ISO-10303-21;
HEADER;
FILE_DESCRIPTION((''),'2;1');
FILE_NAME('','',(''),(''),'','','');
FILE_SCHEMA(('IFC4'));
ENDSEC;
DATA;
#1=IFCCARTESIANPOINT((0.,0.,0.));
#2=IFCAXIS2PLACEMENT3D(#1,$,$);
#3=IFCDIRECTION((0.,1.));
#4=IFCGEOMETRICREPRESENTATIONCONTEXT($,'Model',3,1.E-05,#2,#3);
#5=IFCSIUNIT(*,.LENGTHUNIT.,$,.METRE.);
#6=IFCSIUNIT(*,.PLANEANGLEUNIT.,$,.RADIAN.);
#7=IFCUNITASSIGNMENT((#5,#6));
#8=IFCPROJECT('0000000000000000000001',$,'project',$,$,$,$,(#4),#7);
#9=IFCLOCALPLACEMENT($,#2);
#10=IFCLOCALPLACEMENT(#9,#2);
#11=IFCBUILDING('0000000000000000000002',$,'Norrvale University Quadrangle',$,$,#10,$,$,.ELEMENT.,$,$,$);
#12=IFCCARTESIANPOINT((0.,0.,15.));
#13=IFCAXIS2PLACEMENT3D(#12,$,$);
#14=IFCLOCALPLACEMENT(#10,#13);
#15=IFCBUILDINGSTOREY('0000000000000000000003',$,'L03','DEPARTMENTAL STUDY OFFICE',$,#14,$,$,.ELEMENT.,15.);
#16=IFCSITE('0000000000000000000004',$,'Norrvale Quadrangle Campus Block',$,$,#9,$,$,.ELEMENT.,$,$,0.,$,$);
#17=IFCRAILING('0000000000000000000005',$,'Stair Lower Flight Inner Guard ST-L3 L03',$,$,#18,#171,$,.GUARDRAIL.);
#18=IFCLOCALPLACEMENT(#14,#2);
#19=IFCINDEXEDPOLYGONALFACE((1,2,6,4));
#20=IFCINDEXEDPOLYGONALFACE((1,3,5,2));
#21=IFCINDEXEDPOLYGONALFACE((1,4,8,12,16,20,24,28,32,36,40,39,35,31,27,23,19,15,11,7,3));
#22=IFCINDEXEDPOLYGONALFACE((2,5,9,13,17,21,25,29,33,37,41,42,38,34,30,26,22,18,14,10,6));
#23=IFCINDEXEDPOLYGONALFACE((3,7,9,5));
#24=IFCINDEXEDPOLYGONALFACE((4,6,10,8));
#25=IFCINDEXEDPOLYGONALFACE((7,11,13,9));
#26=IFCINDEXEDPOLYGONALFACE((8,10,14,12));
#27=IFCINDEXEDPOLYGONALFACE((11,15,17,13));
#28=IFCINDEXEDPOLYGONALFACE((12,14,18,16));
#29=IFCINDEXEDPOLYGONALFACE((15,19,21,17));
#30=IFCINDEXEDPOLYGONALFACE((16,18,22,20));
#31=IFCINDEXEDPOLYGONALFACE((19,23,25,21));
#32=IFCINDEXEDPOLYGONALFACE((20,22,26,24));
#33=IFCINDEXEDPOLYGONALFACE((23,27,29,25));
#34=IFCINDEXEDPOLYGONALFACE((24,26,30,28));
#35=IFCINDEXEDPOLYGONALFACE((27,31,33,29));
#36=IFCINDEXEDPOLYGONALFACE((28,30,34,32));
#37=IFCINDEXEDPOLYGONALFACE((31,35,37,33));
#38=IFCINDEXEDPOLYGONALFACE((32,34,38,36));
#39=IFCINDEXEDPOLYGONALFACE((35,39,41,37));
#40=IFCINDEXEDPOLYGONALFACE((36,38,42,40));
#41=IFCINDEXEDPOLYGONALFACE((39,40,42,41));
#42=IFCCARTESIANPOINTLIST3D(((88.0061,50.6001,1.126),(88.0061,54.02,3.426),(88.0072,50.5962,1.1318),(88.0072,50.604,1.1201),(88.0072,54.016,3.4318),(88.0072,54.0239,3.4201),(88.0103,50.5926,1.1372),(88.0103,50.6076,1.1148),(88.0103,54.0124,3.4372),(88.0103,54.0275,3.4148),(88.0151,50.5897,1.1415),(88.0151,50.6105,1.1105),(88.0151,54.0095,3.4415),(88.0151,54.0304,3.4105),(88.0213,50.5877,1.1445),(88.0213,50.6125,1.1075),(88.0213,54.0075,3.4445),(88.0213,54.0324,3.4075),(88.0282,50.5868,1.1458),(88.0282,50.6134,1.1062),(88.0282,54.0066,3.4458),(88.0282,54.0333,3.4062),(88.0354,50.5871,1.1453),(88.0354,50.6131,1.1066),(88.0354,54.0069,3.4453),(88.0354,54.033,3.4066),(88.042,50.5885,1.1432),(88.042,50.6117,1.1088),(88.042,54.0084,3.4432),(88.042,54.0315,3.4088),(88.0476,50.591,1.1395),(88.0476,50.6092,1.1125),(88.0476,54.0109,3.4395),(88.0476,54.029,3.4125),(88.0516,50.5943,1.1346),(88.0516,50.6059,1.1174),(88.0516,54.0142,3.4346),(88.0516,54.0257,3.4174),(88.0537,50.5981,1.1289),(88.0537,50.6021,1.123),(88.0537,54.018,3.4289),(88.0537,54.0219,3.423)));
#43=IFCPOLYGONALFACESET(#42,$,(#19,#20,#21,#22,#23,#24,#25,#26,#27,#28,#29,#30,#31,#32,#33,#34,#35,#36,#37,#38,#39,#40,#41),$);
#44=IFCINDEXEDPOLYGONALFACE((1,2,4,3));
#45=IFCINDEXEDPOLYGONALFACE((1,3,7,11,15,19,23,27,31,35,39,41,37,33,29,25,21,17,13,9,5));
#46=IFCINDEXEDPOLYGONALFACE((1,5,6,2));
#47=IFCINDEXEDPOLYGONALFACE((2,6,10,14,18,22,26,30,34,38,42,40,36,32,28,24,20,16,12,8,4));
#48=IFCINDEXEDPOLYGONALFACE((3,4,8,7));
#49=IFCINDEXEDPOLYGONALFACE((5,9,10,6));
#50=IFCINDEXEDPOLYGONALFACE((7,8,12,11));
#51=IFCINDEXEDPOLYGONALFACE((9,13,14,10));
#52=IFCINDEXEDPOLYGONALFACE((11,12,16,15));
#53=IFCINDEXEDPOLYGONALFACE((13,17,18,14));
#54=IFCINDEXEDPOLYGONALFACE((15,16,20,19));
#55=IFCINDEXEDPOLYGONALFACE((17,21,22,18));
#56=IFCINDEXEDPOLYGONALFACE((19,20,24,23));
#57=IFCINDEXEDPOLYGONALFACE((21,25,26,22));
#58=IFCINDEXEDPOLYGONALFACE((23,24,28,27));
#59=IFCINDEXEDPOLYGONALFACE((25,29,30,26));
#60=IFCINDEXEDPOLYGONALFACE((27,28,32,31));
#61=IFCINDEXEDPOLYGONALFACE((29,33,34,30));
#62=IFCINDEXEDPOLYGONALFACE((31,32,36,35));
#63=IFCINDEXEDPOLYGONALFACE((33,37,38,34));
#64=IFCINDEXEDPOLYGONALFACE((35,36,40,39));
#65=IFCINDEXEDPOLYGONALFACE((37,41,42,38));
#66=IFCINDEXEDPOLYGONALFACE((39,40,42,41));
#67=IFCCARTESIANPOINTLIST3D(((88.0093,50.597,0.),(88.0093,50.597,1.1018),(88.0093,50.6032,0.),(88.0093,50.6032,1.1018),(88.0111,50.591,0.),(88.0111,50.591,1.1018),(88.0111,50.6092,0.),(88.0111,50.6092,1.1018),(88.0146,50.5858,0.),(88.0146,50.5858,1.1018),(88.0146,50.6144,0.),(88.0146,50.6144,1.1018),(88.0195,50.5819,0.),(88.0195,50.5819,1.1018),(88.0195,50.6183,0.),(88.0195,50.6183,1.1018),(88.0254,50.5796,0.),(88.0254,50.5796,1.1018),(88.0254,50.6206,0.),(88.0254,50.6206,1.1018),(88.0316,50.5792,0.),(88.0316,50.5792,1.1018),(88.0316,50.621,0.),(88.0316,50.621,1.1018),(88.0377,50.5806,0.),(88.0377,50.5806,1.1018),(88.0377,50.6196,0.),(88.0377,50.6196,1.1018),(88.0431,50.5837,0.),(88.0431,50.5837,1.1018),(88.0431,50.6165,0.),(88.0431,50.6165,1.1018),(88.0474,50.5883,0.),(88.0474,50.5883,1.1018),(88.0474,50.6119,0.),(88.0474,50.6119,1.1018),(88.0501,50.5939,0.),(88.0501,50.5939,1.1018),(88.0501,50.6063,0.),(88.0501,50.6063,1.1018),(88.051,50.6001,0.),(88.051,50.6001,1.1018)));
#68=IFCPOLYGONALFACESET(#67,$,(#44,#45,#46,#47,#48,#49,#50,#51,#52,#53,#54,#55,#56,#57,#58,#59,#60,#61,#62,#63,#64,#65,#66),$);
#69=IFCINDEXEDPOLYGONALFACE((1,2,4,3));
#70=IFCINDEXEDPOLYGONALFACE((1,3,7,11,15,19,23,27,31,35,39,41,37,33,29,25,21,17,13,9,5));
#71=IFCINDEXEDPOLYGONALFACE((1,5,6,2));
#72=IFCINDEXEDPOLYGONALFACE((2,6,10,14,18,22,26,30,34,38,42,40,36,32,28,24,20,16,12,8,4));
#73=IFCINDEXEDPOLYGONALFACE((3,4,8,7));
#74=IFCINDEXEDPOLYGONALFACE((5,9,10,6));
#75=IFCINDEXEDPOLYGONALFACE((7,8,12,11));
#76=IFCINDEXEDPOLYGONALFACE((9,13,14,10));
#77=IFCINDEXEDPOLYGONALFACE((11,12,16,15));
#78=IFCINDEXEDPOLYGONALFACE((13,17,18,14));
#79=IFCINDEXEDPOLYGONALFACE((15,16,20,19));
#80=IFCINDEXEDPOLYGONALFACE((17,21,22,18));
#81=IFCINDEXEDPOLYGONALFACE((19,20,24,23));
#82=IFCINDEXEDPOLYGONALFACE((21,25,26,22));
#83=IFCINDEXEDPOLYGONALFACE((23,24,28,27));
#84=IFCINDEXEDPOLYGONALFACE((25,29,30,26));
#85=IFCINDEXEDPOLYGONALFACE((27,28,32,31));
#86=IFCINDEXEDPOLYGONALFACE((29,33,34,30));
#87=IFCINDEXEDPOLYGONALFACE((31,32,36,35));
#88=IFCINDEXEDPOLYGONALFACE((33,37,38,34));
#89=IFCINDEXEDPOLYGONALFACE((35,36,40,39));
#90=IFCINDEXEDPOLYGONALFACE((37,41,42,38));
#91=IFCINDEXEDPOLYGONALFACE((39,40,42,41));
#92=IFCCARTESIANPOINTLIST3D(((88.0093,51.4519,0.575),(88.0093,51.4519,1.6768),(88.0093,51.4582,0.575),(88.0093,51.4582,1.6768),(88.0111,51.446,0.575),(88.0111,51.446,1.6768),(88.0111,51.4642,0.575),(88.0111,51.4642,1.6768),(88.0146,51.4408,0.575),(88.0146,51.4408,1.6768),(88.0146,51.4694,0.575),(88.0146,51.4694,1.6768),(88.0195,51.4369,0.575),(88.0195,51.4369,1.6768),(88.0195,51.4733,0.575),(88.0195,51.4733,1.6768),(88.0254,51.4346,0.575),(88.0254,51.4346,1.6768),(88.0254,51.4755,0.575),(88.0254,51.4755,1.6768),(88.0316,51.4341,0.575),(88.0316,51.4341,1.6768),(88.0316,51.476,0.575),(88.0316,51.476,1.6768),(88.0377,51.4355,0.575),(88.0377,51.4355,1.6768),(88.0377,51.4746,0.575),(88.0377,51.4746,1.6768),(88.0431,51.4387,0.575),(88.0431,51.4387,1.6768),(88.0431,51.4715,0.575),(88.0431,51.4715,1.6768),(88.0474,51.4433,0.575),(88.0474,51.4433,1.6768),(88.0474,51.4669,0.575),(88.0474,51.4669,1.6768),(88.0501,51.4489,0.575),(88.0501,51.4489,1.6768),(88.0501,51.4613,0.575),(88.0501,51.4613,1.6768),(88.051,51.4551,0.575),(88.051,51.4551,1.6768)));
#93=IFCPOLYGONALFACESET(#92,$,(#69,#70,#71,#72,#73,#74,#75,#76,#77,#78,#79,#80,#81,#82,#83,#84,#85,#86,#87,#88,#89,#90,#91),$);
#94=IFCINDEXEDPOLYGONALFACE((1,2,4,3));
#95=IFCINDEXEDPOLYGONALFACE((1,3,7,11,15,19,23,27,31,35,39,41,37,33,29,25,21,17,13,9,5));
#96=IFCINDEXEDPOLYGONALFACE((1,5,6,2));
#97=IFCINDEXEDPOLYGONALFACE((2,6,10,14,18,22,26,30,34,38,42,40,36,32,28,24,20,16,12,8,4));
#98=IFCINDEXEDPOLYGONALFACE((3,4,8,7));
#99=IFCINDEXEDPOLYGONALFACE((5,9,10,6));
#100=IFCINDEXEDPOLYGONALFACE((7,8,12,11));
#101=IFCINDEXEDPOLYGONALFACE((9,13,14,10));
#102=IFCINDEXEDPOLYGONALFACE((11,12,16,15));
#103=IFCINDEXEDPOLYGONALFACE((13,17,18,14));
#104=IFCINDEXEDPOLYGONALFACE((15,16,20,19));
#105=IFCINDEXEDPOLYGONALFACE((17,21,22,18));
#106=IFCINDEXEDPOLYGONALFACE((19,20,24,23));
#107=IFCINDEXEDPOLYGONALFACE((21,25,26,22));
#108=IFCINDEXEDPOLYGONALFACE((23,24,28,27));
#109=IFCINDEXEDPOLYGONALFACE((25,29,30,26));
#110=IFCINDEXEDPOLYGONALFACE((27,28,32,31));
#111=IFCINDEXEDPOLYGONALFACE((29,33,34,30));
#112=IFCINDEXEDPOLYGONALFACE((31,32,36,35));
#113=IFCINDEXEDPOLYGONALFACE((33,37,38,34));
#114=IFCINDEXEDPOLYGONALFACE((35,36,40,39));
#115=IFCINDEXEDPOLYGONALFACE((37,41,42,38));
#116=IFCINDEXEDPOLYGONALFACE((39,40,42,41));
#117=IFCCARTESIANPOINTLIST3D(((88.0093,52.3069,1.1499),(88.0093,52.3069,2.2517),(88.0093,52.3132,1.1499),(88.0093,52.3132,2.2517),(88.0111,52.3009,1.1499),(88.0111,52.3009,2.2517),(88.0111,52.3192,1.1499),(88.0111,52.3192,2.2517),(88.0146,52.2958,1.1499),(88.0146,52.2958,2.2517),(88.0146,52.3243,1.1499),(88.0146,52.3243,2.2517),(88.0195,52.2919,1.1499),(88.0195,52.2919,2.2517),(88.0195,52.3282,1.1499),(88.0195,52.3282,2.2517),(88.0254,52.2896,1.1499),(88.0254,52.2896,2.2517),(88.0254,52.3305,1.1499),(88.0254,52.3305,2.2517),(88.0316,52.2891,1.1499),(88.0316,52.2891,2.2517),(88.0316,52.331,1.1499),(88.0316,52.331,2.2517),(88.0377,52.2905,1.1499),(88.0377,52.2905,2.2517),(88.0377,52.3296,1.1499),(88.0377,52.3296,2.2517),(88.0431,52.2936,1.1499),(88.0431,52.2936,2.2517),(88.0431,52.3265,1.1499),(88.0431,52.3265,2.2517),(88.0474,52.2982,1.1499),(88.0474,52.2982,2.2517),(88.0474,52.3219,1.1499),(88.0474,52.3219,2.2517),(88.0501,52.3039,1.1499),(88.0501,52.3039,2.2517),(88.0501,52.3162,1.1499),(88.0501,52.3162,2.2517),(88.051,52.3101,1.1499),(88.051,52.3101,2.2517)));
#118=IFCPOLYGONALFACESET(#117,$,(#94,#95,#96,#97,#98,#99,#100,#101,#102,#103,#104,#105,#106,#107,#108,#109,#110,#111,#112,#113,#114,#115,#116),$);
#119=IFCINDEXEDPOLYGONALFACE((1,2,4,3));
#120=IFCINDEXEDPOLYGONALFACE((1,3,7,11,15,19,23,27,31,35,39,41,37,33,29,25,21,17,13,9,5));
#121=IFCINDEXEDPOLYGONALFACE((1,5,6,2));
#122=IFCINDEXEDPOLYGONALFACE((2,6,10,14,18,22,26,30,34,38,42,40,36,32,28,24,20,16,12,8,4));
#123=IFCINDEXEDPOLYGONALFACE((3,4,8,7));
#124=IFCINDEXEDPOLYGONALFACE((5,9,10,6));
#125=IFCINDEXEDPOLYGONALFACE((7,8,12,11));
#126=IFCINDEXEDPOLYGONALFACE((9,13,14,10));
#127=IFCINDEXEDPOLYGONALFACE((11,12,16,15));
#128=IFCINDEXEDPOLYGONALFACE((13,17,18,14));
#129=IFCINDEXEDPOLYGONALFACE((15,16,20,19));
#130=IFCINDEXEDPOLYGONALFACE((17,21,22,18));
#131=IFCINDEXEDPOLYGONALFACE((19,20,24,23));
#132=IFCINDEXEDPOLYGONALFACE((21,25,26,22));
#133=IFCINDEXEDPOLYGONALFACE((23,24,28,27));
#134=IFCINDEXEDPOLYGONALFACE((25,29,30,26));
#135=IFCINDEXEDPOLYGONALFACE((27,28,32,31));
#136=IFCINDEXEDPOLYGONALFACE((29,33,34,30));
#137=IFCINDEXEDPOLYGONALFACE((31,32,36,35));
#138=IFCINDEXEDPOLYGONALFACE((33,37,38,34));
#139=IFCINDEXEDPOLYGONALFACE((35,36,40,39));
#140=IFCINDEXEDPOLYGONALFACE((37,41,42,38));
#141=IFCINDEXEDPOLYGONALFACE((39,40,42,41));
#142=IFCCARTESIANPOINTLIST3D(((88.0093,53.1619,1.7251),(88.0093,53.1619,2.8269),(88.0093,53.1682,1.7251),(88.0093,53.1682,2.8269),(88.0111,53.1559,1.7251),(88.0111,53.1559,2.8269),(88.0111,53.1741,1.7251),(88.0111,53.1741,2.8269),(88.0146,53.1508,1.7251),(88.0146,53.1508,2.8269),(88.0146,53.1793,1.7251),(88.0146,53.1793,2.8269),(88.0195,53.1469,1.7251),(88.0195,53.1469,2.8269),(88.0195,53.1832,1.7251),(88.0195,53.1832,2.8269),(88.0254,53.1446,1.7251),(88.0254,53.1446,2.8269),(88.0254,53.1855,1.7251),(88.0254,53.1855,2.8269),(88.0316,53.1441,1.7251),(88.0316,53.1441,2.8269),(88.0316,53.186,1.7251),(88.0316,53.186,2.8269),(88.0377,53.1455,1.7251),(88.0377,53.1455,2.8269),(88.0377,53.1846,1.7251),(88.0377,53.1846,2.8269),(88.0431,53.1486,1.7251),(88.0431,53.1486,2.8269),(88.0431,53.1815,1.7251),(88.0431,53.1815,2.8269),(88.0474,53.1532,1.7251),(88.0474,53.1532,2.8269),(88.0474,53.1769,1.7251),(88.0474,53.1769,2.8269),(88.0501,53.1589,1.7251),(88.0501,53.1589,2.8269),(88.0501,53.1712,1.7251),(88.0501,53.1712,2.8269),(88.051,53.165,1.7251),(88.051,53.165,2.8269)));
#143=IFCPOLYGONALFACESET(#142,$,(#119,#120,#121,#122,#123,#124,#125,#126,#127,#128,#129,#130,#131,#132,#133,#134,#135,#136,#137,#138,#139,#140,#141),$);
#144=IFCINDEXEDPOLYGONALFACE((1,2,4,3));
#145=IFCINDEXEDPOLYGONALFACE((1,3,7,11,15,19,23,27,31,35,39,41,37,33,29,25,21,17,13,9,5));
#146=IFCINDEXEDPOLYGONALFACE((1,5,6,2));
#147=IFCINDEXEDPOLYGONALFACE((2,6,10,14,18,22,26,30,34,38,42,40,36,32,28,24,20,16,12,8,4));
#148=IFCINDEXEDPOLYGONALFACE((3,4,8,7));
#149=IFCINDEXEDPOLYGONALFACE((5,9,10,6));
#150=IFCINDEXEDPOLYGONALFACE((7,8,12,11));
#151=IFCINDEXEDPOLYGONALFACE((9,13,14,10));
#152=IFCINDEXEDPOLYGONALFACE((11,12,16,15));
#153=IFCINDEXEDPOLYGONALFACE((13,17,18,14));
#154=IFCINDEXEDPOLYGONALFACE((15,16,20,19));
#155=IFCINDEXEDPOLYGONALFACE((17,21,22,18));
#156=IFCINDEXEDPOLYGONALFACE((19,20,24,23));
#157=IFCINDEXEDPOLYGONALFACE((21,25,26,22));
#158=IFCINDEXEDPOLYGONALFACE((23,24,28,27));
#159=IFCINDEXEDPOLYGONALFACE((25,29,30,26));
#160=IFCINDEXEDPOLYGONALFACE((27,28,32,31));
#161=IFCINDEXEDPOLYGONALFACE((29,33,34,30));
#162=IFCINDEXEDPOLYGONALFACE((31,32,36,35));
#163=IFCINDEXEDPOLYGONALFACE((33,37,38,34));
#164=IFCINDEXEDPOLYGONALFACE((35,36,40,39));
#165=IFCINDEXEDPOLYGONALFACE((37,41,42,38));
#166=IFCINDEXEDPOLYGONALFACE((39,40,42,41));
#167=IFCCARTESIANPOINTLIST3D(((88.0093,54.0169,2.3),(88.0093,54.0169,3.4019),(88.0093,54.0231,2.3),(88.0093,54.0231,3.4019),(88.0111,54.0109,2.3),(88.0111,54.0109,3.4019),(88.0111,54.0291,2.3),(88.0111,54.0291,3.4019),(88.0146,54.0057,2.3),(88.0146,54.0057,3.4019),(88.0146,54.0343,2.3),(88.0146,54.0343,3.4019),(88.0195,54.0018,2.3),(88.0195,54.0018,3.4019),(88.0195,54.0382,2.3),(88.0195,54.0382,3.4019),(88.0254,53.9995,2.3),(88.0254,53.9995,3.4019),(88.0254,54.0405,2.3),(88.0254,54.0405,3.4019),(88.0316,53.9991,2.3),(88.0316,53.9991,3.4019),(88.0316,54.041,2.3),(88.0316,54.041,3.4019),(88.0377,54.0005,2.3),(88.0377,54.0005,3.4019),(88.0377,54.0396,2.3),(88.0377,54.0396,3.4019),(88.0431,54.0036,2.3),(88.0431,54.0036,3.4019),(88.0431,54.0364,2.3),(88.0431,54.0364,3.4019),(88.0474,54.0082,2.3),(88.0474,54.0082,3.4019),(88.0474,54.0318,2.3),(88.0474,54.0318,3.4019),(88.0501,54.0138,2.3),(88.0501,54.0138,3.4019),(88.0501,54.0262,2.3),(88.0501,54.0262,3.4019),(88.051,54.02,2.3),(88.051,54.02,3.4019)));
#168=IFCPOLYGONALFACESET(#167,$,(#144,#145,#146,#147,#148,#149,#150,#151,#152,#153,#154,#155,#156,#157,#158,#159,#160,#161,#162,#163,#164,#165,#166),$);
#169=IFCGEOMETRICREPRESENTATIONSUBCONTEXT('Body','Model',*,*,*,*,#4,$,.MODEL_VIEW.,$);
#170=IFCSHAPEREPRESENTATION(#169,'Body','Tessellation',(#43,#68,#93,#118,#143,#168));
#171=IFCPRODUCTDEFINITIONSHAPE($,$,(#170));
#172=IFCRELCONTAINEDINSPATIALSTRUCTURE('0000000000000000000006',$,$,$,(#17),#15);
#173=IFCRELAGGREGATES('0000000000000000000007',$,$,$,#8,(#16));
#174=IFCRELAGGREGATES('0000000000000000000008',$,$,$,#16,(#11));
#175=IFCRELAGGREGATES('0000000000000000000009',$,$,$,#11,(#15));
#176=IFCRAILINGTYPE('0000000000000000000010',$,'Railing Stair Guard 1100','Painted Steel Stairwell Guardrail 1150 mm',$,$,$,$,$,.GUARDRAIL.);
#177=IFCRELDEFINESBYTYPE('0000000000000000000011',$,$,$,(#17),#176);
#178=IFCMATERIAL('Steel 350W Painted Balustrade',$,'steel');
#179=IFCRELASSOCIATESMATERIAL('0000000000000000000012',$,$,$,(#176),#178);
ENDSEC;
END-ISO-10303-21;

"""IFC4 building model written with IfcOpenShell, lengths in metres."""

from ifc_helpers import new_model, si_unit, direction, frame, origin, origin_2d, place, context, subcontext, project, spatial, circle, extrude, material, type_object, element, save


model = new_model("IFC4")

# Units and contexts
model_context = context("Model", 3, precision=1e-05, world=origin(), true_north=direction((0.0, 1.0)))
body_context = subcontext(model_context, "Body", "Model", "MODEL_VIEW")
ifc_project = project(units=[si_unit("LENGTHUNIT", "METRE"), si_unit("PLANEANGLEUNIT", "RADIAN")], contexts=[model_context])

# Site, building, storey
site_placement = place(None, origin())
site = spatial("IfcSite", under=ifc_project, at=site_placement, Name="Norrvale Quadrangle Campus Block", CompositionType="ELEMENT", RefElevation=0.0)
building_placement = place(site_placement, origin())
building = spatial("IfcBuilding", under=site, at=building_placement, Name="Norrvale University Quadrangle", CompositionType="ELEMENT")
storey_placement = place(building_placement, frame((0.0, 0.0, 15.0)))
storey = spatial("IfcBuildingStorey", under=building, at=storey_placement, Name="L03", Description="DEPARTMENTAL STUDY OFFICE", CompositionType="ELEMENT", Elevation=15.0)

# Railing
ifc_material_1 = material(Name="Steel 350W Painted Balustrade", Category="steel")
railing_type_1 = type_object("IfcRailingType", Name="Railing Stair Guard 1100", Description="Painted Steel Stairwell Guardrail 1150 mm", PredefinedType="GUARDRAIL", material=ifc_material_1)
railing_1_placement = place(storey_placement, frame((88.03, 50.6001, 0.0)))
element("IfcRailing", 1, at=railing_1_placement, inside=storey, type_object=railing_type_1, Name="Stair Lower Flight Inner Guard ST-L3 L03", PredefinedType="GUARDRAIL", context=body_context, shape_type="SweptSolid", body=[
    extrude(circle(Radius=0.0239, at=origin_2d()), frame((0.0, 0.0, 1.126), z_axis=(0.0, 0.829792, 0.558072), x_axis=(-1.0, 0.0, 0.0)), (0.0, 0.0, 1.0), 4.1213),
    extrude(circle(Radius=0.021, at=origin_2d()), origin(), (0.0, 0.0, 1.0), 1.1018),
    extrude(circle(Radius=0.021, at=origin_2d()), frame((0.0, 0.855, 0.575)), (0.0, 0.0, 1.0), 1.1018),
    extrude(circle(Radius=0.021, at=origin_2d()), frame((0.0, 1.71, 1.1499)), (0.0, 0.0, 1.0), 1.1018),
    extrude(circle(Radius=0.021, at=origin_2d()), frame((0.0, 2.5649, 1.7251)), (0.0, 0.0, 1.0), 1.1018),
    extrude(circle(Radius=0.021, at=origin_2d()), frame((0.0, 3.4199, 2.3)), (0.0, 0.0, 1.0), 1.1018),
])

save(model, "model.ifc")
